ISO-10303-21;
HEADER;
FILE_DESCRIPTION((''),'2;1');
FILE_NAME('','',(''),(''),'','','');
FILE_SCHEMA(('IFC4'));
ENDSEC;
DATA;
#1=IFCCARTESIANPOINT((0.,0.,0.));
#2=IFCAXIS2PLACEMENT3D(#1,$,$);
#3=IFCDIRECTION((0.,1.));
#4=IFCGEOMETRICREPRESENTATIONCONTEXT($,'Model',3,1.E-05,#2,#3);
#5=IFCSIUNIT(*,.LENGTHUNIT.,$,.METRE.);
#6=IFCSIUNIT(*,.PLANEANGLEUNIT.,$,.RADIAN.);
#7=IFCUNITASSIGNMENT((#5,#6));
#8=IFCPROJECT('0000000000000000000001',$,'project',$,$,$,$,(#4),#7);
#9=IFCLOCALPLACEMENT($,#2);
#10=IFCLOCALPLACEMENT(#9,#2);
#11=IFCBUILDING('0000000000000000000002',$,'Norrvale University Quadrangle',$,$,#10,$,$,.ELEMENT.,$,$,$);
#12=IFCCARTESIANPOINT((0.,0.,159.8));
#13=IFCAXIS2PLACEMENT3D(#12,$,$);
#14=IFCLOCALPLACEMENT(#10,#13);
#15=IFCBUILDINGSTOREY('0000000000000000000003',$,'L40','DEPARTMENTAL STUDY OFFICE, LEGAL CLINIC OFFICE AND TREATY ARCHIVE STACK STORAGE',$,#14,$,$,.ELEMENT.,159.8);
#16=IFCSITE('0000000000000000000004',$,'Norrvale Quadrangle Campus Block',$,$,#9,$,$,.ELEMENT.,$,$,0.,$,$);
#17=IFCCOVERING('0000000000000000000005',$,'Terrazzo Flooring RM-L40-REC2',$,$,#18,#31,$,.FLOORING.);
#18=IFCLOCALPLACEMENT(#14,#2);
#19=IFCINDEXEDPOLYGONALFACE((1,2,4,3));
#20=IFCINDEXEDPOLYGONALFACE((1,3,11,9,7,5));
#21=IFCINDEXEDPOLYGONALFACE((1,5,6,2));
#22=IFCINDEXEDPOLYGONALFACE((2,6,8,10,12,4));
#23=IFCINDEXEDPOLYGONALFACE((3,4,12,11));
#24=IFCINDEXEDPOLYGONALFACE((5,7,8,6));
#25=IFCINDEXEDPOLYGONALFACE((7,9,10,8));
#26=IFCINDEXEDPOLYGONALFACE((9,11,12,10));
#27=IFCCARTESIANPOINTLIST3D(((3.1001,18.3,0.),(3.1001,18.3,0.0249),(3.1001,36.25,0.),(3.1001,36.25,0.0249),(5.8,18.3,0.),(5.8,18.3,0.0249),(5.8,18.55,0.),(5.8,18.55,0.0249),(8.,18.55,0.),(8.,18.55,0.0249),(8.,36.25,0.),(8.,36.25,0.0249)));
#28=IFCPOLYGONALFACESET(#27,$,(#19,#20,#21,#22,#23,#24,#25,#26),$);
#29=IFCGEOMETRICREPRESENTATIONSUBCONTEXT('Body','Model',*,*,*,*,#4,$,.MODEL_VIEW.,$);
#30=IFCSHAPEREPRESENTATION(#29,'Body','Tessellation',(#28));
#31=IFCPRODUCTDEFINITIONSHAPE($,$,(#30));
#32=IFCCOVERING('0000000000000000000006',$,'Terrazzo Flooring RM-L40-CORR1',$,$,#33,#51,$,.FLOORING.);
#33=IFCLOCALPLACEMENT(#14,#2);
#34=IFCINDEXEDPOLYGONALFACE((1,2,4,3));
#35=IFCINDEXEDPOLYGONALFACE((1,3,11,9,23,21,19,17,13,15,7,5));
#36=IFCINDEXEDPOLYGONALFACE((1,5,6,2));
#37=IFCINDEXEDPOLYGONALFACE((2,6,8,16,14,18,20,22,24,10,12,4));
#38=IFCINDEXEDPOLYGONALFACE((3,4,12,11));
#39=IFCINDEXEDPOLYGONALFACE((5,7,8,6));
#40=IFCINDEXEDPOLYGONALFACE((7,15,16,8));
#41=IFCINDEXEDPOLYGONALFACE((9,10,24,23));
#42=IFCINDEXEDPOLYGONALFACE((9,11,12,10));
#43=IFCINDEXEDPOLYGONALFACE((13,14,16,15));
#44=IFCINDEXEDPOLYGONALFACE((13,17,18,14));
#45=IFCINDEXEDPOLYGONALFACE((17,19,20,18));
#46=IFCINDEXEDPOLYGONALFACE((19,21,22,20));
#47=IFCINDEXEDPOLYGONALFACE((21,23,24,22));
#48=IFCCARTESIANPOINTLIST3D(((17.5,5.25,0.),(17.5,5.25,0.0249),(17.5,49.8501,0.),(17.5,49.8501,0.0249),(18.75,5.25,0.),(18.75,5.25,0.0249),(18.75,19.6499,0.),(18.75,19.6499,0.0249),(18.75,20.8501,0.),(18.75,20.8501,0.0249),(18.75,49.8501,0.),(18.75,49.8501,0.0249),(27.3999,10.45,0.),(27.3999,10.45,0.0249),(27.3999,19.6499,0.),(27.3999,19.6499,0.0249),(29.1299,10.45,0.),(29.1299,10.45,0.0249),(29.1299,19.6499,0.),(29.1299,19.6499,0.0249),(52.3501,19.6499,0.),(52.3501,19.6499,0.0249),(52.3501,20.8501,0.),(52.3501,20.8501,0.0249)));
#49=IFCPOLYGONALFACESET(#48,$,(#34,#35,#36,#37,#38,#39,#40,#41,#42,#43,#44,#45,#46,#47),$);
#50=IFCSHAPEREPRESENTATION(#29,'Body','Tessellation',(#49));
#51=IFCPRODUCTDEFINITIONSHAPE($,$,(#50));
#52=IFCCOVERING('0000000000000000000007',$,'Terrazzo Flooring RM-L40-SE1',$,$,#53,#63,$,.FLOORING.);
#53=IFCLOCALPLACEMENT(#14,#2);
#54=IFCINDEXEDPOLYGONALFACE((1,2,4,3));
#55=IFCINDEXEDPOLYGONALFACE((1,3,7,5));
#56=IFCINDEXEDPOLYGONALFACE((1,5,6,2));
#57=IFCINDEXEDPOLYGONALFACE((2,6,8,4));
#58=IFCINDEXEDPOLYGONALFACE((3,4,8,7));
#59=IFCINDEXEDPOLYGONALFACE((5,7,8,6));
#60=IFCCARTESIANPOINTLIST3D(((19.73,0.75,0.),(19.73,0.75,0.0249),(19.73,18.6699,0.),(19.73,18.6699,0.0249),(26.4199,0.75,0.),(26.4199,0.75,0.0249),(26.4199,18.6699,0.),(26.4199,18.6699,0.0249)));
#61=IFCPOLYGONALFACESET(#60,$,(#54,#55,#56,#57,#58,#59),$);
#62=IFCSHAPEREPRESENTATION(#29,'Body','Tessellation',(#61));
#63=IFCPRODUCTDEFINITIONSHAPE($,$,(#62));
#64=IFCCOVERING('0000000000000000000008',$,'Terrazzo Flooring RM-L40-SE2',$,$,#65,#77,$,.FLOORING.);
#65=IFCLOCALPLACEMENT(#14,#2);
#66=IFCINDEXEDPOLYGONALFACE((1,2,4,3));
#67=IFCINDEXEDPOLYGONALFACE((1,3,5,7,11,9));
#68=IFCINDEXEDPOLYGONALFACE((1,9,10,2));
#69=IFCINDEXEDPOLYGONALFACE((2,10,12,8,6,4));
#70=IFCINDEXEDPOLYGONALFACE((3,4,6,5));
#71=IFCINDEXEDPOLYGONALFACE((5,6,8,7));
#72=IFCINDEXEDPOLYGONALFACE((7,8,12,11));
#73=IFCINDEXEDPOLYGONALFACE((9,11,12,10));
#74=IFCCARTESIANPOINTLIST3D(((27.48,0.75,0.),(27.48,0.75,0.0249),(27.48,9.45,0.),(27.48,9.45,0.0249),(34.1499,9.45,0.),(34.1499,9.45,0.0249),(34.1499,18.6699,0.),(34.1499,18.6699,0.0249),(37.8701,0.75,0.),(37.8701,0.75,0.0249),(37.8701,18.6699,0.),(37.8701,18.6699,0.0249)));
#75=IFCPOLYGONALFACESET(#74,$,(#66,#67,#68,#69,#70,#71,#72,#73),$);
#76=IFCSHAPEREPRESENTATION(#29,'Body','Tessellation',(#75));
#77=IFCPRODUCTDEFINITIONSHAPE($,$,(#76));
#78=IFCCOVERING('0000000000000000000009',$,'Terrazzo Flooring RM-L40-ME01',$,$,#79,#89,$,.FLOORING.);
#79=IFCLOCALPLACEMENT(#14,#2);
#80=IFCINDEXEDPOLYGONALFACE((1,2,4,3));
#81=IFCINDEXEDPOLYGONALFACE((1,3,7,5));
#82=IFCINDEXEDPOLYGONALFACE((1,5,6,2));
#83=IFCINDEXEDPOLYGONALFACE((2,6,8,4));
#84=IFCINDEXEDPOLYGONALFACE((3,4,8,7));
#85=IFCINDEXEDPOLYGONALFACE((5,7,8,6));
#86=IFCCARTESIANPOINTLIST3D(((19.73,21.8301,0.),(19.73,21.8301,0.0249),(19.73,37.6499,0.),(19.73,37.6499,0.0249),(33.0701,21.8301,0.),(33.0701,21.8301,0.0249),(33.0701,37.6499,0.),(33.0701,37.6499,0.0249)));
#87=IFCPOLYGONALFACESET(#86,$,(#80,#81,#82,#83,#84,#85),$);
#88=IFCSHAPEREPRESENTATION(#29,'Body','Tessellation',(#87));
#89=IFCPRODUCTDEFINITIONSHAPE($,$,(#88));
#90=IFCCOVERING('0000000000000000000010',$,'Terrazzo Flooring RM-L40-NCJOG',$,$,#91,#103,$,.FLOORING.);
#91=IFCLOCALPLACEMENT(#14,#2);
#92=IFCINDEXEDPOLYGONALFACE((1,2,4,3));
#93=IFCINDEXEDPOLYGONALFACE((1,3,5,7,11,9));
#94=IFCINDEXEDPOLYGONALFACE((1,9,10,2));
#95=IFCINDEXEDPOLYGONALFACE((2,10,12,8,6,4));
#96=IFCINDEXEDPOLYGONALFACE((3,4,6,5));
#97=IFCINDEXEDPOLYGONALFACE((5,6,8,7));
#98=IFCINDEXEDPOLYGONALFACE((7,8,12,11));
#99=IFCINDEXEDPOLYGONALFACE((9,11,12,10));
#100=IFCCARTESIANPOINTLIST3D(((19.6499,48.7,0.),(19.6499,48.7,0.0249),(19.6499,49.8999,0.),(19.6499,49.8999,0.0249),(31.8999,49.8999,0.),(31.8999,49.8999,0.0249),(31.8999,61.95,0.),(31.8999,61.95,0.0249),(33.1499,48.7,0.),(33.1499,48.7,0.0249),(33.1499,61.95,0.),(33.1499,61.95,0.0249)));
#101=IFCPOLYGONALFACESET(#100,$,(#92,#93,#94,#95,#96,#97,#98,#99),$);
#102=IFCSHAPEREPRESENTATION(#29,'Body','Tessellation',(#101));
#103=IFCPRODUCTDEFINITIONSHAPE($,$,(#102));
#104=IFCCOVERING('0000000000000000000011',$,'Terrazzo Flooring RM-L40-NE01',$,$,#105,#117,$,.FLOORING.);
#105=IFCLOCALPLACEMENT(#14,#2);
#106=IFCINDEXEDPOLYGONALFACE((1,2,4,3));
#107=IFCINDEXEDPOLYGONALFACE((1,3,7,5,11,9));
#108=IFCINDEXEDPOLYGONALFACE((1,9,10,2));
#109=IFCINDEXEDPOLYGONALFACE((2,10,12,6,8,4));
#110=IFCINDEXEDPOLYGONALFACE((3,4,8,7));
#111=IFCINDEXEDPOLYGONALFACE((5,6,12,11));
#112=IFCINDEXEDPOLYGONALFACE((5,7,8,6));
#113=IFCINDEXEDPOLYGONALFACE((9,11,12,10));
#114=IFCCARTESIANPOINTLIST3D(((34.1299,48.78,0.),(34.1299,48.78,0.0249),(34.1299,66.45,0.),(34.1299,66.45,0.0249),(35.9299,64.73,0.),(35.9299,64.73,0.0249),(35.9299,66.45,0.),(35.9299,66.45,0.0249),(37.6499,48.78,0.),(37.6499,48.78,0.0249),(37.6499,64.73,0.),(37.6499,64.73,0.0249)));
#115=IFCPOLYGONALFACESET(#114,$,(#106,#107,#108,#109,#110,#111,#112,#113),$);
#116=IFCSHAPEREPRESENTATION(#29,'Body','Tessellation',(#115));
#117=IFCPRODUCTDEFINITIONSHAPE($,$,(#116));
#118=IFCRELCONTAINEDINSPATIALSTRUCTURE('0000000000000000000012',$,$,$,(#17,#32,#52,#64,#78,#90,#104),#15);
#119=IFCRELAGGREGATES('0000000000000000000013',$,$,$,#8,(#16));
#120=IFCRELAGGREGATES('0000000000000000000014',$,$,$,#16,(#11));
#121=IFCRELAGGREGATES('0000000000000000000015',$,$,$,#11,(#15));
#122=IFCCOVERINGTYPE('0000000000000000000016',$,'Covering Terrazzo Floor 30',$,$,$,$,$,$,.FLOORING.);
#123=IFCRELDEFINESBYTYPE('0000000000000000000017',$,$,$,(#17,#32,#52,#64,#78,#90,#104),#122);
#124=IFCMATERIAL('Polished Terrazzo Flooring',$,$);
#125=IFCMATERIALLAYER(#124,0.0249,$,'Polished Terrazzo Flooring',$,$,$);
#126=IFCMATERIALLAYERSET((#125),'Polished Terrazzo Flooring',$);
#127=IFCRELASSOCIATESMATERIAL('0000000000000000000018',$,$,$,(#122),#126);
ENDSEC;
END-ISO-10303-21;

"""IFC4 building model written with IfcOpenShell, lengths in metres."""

from ifc_helpers import new_model, si_unit, direction, frame, origin, place, context, subcontext, project, spatial, polyline, outline, extrude, material, layer, layer_set, type_object, element, save


model = new_model("IFC4")

# Units and contexts
model_context = context("Model", 3, precision=1e-05, world=origin(), true_north=direction((0.0, 1.0)))
body_context = subcontext(model_context, "Body", "Model", "MODEL_VIEW")
ifc_project = project(units=[si_unit("LENGTHUNIT", "METRE"), si_unit("PLANEANGLEUNIT", "RADIAN")], contexts=[model_context])

# Site, building, storey
site_placement = place(None, origin())
site = spatial("IfcSite", under=ifc_project, at=site_placement, Name="Norrvale Quadrangle Campus Block", CompositionType="ELEMENT", RefElevation=0.0)
building_placement = place(site_placement, origin())
building = spatial("IfcBuilding", under=site, at=building_placement, Name="Norrvale University Quadrangle", CompositionType="ELEMENT")
storey_placement = place(building_placement, frame((0.0, 0.0, 159.8)))
storey = spatial("IfcBuildingStorey", under=building, at=storey_placement, Name="L40", Description="DEPARTMENTAL STUDY OFFICE, LEGAL CLINIC OFFICE AND TREATY ARCHIVE STACK STORAGE", CompositionType="ELEMENT", Elevation=159.8)

# Coverings
ifc_material_1 = material(Name="Polished Terrazzo Flooring")
ifc_layer_1 = layer(ifc_material_1, 0.0249, Name="Polished Terrazzo Flooring")
ifc_layer_set_1 = layer_set([ifc_layer_1], Name="Polished Terrazzo Flooring")
covering_type_1 = type_object("IfcCoveringType", Name="Covering Terrazzo Floor 30", PredefinedType="FLOORING", material=ifc_layer_set_1)
covering_1_placement = place(storey_placement, origin())
element("IfcCovering", 1, at=covering_1_placement, inside=storey, type_object=covering_type_1, Name="Terrazzo Flooring RM-L40-REC2", PredefinedType="FLOORING", context=body_context, shape_type="SweptSolid", body=[
    extrude(outline(polyline([(3.1001, 18.3), (3.1001, 36.25), (8.0, 36.25), (8.0, 18.55), (5.8, 18.55), (5.8, 18.3), (3.1001, 18.3)])), origin(), (0.0, 0.0, 1.0), 0.0249),
])
covering_2_placement = place(storey_placement, origin())
element("IfcCovering", 2, at=covering_2_placement, inside=storey, type_object=covering_type_1, Name="Terrazzo Flooring RM-L40-CORR1", PredefinedType="FLOORING", context=body_context, shape_type="SweptSolid", body=[
    extrude(outline(polyline([(17.5, 5.25), (17.5, 49.8501), (18.75, 49.8501), (18.75, 20.8501), (52.3501, 20.8501), (52.3501, 19.6499), (29.1299, 19.6499), (29.1299, 10.45), (27.3999, 10.45), (27.3999, 19.6499), (18.75, 19.6499), (18.75, 5.25), (17.5, 5.25)])), origin(), (0.0, 0.0, 1.0), 0.0249),
])
covering_3_placement = place(storey_placement, origin())
element("IfcCovering", 3, at=covering_3_placement, inside=storey, type_object=covering_type_1, Name="Terrazzo Flooring RM-L40-SE1", PredefinedType="FLOORING", context=body_context, shape_type="SweptSolid", body=[
    extrude(outline(polyline([(19.73, 18.6699), (26.4199, 18.6699), (26.4199, 0.75), (19.73, 0.75), (19.73, 18.6699)])), origin(), (0.0, 0.0, 1.0), 0.0249),
])
covering_4_placement = place(storey_placement, origin())
element("IfcCovering", 4, at=covering_4_placement, inside=storey, type_object=covering_type_1, Name="Terrazzo Flooring RM-L40-SE2", PredefinedType="FLOORING", context=body_context, shape_type="SweptSolid", body=[
    extrude(outline(polyline([(27.48, 9.45), (34.1499, 9.45), (34.1499, 18.6699), (37.8701, 18.6699), (37.8701, 0.75), (27.48, 0.75), (27.48, 9.45)])), origin(), (0.0, 0.0, 1.0), 0.0249),
])
covering_5_placement = place(storey_placement, origin())
element("IfcCovering", 5, at=covering_5_placement, inside=storey, type_object=covering_type_1, Name="Terrazzo Flooring RM-L40-ME01", PredefinedType="FLOORING", context=body_context, shape_type="SweptSolid", body=[
    extrude(outline(polyline([(19.73, 37.6499), (33.0701, 37.6499), (33.0701, 21.8301), (19.73, 21.8301), (19.73, 37.6499)])), origin(), (0.0, 0.0, 1.0), 0.0249),
])
covering_6_placement = place(storey_placement, origin())
element("IfcCovering", 6, at=covering_6_placement, inside=storey, type_object=covering_type_1, Name="Terrazzo Flooring RM-L40-NCJOG", PredefinedType="FLOORING", context=body_context, shape_type="SweptSolid", body=[
    extrude(outline(polyline([(19.6499, 48.7), (19.6499, 49.8999), (31.8999, 49.8999), (31.8999, 61.95), (33.1499, 61.95), (33.1499, 48.7), (19.6499, 48.7)])), origin(), (0.0, 0.0, 1.0), 0.0249),
])
covering_7_placement = place(storey_placement, origin())
element("IfcCovering", 7, at=covering_7_placement, inside=storey, type_object=covering_type_1, Name="Terrazzo Flooring RM-L40-NE01", PredefinedType="FLOORING", context=body_context, shape_type="SweptSolid", body=[
    extrude(outline(polyline([(37.6499, 48.78), (34.1299, 48.78), (34.1299, 66.45), (35.9299, 66.45), (35.9299, 64.73), (37.6499, 64.73), (37.6499, 48.78)])), origin(), (0.0, 0.0, 1.0), 0.0249),
])

save(model, "model.ifc")
